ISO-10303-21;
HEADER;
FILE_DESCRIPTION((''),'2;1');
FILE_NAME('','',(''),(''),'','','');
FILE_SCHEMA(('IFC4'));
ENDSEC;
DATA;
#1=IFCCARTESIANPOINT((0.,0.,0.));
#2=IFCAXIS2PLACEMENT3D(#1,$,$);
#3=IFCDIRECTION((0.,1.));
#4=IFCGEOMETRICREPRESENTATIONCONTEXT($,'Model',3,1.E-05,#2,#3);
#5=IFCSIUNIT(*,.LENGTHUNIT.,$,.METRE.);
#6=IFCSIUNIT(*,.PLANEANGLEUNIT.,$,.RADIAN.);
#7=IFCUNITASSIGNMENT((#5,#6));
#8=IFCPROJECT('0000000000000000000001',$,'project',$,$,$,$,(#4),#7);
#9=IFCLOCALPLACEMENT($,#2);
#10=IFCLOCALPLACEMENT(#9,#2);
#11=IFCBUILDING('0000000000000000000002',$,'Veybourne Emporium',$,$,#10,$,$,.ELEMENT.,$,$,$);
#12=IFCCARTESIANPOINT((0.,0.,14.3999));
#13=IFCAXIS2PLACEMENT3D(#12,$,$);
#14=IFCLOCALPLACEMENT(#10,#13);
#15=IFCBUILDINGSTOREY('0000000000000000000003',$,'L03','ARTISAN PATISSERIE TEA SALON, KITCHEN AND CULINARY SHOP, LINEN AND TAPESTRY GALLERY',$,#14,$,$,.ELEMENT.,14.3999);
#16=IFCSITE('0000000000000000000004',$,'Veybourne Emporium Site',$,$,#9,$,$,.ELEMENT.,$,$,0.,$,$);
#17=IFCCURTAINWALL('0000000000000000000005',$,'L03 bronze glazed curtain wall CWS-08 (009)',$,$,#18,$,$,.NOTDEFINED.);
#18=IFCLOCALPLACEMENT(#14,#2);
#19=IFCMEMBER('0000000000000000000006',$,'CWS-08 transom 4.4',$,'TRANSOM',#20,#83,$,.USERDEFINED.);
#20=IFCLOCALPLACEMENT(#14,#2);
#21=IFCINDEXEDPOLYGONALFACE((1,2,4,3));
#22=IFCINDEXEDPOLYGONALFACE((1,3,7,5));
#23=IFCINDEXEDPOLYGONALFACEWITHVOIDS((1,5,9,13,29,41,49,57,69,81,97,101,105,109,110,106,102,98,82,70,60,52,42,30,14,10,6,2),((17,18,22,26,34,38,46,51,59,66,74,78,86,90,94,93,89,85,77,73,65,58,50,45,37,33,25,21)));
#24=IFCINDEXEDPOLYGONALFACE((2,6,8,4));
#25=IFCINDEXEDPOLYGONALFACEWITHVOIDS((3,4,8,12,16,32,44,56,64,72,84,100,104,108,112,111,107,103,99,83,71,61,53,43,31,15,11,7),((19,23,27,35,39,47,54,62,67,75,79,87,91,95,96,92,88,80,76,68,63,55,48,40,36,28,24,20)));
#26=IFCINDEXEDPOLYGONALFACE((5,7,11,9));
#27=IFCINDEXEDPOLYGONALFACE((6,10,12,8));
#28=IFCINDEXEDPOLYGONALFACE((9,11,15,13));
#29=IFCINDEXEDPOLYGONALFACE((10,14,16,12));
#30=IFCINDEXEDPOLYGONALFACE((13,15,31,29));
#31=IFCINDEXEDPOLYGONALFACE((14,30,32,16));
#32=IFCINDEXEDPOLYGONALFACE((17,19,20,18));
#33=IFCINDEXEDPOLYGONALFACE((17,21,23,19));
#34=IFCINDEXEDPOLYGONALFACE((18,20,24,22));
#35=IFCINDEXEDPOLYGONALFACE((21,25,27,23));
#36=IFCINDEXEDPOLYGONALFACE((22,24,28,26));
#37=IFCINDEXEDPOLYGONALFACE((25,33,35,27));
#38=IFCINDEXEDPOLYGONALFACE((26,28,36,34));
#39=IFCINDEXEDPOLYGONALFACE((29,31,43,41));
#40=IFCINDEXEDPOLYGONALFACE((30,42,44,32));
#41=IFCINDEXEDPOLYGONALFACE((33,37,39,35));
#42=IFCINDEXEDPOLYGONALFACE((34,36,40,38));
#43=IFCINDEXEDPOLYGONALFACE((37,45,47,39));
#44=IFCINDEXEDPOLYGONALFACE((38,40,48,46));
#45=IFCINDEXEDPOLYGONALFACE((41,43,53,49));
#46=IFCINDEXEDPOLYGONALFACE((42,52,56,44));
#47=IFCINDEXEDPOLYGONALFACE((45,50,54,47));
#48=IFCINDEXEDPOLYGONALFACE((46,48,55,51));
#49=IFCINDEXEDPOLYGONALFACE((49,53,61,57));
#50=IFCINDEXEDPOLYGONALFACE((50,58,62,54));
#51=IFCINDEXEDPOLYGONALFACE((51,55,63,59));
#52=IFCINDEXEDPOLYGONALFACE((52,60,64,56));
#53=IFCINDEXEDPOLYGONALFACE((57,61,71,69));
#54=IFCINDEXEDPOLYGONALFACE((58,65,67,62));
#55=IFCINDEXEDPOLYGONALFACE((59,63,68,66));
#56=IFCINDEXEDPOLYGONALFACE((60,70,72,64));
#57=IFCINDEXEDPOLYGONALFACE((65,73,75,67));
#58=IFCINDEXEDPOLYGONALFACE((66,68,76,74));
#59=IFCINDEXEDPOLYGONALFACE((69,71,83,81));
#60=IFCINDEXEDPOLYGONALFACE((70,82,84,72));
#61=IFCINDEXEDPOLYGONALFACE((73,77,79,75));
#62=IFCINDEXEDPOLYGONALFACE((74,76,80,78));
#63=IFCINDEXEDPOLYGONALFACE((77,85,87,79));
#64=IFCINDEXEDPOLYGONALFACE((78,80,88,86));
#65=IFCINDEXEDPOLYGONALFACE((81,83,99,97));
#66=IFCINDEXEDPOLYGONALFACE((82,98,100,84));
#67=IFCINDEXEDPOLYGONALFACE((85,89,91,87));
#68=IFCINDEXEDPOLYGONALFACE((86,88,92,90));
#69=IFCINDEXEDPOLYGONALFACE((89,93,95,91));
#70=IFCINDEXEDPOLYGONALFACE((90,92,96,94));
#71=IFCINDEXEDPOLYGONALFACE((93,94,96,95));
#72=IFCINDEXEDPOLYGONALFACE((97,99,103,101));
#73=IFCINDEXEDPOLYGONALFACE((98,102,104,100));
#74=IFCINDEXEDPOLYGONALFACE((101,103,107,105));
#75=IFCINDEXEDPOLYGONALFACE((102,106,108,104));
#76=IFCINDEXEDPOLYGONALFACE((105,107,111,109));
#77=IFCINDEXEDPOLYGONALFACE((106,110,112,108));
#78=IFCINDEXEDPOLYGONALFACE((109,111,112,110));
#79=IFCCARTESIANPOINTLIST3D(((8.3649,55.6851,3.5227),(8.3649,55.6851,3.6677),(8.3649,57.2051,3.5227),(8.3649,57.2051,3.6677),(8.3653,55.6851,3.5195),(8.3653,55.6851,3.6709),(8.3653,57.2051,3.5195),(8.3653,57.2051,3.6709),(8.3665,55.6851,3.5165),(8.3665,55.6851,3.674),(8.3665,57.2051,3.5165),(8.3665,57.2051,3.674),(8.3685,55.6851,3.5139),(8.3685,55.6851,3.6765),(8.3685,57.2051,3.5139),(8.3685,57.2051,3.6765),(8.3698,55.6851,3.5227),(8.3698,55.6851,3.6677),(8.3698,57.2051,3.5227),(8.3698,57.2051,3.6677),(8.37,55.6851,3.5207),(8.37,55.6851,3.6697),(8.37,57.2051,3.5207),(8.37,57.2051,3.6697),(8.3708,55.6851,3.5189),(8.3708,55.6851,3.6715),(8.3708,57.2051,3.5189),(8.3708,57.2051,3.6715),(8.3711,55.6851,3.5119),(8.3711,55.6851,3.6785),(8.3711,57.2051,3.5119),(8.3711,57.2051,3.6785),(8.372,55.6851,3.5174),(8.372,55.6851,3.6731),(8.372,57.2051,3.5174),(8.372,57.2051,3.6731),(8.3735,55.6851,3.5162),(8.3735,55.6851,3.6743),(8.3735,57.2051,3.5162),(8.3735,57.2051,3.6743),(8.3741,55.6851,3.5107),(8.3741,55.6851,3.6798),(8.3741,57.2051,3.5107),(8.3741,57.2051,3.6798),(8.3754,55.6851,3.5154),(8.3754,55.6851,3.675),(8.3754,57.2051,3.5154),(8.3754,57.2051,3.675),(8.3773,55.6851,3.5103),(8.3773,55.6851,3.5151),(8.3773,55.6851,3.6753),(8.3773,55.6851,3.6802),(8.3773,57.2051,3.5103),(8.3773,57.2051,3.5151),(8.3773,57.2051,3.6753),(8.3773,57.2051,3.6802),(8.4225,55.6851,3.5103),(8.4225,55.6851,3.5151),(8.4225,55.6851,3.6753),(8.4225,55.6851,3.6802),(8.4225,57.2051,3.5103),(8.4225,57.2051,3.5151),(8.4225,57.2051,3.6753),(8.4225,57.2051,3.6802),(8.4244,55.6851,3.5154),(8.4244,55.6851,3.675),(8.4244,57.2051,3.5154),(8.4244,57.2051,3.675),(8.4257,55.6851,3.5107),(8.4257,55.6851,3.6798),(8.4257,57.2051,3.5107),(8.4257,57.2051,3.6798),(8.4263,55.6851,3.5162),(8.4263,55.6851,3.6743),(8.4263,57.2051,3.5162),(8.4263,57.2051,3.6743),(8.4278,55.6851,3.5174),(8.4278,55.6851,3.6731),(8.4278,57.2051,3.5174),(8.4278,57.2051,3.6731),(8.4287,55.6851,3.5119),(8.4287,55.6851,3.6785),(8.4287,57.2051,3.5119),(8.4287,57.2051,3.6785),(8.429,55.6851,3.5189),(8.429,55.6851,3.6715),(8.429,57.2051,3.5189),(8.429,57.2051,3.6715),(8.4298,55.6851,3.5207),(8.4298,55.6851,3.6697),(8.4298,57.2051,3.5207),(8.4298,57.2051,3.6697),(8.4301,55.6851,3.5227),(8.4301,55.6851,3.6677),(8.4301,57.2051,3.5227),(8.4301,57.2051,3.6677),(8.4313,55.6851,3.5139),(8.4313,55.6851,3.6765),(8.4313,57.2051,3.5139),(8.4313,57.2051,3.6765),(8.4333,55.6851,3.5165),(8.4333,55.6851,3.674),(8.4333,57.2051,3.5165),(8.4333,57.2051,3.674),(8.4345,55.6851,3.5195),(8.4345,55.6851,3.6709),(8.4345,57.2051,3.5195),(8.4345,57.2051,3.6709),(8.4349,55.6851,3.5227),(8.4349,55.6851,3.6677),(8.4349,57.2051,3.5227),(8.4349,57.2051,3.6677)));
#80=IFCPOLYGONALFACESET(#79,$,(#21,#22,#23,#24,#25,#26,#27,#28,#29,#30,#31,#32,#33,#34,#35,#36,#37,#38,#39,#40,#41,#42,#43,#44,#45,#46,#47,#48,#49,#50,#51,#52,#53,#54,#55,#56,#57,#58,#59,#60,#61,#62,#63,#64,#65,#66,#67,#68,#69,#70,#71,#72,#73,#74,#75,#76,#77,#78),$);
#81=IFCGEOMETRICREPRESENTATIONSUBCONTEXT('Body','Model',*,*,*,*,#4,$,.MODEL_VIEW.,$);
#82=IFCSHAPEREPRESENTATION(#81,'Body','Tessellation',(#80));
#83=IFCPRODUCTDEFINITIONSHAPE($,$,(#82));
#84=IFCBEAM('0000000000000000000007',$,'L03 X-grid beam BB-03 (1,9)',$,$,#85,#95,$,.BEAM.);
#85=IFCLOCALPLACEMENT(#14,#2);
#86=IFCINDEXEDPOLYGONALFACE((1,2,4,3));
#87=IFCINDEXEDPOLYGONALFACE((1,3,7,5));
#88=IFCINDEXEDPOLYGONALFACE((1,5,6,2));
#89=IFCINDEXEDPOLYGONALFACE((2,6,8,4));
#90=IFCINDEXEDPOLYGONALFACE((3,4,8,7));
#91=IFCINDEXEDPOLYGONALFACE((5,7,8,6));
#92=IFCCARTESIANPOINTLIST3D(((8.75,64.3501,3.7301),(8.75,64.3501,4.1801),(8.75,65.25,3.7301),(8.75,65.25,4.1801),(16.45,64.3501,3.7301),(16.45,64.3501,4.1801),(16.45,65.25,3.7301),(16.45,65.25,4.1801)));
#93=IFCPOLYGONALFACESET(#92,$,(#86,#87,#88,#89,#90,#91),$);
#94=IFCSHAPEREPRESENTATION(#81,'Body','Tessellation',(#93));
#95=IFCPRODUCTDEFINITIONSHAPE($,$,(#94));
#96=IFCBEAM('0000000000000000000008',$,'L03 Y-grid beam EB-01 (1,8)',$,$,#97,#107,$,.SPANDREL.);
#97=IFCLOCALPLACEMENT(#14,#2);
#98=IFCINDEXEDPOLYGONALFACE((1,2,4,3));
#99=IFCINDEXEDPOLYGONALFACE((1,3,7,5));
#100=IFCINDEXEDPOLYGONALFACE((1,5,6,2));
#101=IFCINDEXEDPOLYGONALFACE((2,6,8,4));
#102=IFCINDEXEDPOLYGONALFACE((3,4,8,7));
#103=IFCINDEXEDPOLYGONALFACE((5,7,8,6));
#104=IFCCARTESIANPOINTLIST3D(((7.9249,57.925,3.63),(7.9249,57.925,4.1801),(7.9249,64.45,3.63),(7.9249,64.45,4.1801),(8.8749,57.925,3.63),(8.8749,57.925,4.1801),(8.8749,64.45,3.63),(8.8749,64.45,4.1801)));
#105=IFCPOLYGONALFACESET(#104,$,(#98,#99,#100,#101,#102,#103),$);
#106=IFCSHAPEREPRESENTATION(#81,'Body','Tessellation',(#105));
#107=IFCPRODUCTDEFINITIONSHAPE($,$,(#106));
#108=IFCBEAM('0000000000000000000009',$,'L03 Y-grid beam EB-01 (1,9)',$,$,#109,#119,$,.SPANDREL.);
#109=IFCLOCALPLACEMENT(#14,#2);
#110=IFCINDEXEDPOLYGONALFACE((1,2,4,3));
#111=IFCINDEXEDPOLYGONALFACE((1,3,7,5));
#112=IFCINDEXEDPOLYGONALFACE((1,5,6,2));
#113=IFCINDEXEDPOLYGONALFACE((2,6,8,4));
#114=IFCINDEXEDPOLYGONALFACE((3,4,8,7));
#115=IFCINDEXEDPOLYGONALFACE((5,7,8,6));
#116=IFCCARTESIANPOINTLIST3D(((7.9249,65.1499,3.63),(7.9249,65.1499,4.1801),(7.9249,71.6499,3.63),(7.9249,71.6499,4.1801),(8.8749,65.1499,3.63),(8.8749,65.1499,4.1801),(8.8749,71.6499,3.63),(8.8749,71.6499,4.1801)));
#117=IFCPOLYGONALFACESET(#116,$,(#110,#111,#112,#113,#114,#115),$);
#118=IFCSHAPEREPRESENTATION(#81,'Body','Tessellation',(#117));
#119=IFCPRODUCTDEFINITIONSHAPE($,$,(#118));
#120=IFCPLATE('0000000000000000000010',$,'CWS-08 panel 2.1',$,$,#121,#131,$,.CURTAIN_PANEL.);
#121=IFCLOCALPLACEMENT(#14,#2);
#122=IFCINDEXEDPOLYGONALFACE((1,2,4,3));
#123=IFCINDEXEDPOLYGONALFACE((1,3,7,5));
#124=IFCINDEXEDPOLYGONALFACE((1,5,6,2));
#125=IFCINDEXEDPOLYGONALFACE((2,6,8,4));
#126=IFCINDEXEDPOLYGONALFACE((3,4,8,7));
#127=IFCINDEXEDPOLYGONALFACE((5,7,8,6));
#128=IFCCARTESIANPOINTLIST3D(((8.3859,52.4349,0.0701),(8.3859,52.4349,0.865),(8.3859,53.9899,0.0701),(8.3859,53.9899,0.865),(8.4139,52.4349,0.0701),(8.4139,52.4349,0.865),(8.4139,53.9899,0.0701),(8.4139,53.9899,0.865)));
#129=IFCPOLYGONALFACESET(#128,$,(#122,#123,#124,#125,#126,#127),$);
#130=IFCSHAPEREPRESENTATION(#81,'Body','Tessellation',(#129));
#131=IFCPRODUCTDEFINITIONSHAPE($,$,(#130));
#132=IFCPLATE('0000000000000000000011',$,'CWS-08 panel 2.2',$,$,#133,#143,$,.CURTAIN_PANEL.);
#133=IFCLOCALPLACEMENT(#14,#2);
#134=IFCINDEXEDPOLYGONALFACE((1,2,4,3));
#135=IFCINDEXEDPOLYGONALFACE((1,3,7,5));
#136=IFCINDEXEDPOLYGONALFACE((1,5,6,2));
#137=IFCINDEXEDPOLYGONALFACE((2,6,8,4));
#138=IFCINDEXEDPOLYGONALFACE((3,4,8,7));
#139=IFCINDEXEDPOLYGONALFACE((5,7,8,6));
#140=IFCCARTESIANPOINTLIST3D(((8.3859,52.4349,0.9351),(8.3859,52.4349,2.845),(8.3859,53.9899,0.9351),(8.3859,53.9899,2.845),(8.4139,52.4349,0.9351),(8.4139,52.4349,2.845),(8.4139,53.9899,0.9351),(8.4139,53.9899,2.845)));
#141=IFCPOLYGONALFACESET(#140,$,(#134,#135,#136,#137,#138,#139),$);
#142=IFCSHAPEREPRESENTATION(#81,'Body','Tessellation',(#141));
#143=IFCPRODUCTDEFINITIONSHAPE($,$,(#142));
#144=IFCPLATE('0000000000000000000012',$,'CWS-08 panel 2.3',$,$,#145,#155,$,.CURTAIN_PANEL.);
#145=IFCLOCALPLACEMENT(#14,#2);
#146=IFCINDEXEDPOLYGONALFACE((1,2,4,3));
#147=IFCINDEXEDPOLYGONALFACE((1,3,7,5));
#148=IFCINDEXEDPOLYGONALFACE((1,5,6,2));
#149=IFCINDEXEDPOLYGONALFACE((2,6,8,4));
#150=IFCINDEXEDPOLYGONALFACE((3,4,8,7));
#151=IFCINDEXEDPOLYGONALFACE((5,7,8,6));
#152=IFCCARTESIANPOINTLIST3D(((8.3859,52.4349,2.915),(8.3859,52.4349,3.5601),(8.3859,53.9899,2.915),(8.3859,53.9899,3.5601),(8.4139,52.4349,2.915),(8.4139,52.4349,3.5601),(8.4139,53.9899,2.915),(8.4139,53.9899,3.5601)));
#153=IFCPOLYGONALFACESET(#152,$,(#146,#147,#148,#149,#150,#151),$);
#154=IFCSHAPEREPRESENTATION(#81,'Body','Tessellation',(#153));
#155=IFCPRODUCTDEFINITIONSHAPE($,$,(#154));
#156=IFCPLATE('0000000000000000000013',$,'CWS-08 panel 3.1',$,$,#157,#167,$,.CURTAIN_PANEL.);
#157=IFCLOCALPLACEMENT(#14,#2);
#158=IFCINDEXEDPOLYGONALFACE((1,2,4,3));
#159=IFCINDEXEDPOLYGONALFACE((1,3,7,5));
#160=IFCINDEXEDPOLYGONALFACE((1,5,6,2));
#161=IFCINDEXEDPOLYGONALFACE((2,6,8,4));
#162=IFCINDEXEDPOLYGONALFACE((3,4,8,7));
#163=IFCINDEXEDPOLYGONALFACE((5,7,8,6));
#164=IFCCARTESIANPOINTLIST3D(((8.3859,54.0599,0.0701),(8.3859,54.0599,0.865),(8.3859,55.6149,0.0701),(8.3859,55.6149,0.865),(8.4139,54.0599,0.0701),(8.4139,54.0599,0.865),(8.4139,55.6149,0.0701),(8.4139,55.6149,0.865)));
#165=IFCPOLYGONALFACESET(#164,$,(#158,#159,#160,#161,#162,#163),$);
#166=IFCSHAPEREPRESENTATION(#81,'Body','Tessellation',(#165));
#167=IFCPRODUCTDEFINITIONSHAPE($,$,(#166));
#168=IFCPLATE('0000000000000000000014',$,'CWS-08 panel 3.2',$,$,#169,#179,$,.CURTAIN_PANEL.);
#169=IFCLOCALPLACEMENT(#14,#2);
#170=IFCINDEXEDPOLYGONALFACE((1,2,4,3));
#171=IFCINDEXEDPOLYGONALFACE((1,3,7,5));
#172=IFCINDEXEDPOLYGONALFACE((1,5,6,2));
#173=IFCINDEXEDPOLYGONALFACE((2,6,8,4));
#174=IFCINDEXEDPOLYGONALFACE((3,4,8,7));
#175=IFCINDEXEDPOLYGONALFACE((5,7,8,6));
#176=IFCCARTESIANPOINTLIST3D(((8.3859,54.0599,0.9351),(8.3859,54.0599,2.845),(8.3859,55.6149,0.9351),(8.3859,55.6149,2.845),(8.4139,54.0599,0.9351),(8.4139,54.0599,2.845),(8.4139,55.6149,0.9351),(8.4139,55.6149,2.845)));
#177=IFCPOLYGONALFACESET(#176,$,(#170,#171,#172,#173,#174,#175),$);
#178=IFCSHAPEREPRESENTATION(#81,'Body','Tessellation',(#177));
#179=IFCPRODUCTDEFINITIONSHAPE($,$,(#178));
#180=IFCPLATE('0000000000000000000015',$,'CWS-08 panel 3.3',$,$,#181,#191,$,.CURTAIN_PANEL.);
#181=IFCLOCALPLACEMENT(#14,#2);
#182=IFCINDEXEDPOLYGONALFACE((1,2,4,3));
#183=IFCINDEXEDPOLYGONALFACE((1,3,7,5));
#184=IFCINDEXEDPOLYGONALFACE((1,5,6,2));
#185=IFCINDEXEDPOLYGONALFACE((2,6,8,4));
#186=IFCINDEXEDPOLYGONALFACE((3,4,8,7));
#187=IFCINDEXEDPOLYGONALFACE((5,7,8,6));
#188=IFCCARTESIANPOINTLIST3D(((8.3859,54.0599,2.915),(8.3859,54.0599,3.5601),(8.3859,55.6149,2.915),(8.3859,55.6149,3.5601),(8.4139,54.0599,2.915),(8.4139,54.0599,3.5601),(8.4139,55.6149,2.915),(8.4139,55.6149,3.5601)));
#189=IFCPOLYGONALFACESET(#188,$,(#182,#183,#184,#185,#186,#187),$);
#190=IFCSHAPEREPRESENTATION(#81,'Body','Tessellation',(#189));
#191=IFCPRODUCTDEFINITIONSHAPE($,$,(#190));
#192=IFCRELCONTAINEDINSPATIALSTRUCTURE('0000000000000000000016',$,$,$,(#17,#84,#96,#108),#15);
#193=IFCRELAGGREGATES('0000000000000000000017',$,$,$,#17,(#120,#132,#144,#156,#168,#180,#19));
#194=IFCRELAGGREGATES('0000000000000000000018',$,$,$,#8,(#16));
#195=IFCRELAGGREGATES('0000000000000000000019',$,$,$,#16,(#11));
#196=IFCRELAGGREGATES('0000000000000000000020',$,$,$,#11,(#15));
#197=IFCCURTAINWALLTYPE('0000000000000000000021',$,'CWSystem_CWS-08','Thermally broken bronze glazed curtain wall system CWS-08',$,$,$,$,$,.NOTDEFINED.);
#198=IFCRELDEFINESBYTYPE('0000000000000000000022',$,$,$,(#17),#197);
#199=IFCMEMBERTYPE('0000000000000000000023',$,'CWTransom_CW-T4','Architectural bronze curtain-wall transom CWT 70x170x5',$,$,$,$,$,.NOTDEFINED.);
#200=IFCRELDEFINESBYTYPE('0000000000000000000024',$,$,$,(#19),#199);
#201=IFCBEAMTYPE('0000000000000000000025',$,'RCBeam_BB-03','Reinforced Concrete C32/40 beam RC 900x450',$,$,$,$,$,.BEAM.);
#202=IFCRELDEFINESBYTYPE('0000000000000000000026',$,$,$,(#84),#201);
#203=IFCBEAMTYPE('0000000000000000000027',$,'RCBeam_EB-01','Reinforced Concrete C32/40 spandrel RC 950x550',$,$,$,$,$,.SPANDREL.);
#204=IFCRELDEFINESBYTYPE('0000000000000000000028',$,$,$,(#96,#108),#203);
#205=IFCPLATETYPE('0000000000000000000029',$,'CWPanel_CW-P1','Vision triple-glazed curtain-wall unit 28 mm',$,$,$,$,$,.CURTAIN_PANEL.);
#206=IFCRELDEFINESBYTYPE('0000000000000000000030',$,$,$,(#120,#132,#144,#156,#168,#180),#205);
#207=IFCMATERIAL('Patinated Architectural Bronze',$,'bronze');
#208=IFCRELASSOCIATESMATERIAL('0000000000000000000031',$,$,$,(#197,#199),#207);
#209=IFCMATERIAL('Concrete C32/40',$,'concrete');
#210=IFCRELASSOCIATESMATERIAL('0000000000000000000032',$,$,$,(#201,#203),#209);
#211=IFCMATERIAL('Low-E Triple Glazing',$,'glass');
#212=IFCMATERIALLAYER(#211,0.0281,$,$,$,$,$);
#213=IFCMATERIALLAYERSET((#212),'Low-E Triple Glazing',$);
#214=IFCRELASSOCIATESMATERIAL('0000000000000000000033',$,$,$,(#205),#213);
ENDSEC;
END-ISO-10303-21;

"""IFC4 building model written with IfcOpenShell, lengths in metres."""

from ifc_helpers import new_model, si_unit, direction, frame, origin, origin_2d, place, context, subcontext, project, spatial, rectangle, hollow_rectangle, extrude, material, layer, layer_set, material_profile, profile_set, type_object, element, aggregate, save


model = new_model("IFC4")

# Units and contexts
model_context = context("Model", 3, precision=1e-05, world=origin(), true_north=direction((0.0, 1.0)))
body_context = subcontext(model_context, "Body", "Model", "MODEL_VIEW")
ifc_project = project(units=[si_unit("LENGTHUNIT", "METRE"), si_unit("PLANEANGLEUNIT", "RADIAN")], contexts=[model_context])

# Site, building, storey
site_placement = place(None, origin())
site = spatial("IfcSite", under=ifc_project, at=site_placement, Name="Veybourne Emporium Site", CompositionType="ELEMENT", RefElevation=0.0)
building_placement = place(site_placement, origin())
building = spatial("IfcBuilding", under=site, at=building_placement, Name="Veybourne Emporium", CompositionType="ELEMENT")
storey_placement = place(building_placement, frame((0.0, 0.0, 14.3999)))
storey = spatial("IfcBuildingStorey", under=building, at=storey_placement, Name="L03", Description="ARTISAN PATISSERIE TEA SALON, KITCHEN AND CULINARY SHOP, LINEN AND TAPESTRY GALLERY", CompositionType="ELEMENT", Elevation=14.3999)

# Curtain wall, member
ifc_material_1 = material(Name="Patinated Architectural Bronze", Category="bronze")
curtain_wall_type = type_object("IfcCurtainWallType", Name="CWSystem_CWS-08", Description="Thermally broken bronze glazed curtain wall system CWS-08", PredefinedType="NOTDEFINED", material=ifc_material_1)
curtain_wall_placement = place(storey_placement, origin())
curtain_wall = element("IfcCurtainWall", 1, at=curtain_wall_placement, inside=storey, type_object=curtain_wall_type, Name="L03 bronze glazed curtain wall CWS-08 (009)", PredefinedType="NOTDEFINED")
ifc_material_profile_1 = material_profile(ifc_material_1, hollow_rectangle(XDim=0.0701, YDim=0.1699, WallThickness=0.0049, InnerFilletRadius=0.0076, OuterFilletRadius=0.0125, at=origin_2d()), Name="CWT 70x170x5")
ifc_profile_set_1 = profile_set([ifc_material_profile_1], Name="Patinated Architectural Bronze")
member_type_1 = type_object("IfcMemberType", Name="CWTransom_CW-T4", Description="Architectural bronze curtain-wall transom CWT 70x170x5", PredefinedType="NOTDEFINED", material=ifc_profile_set_1)
member_1_placement = place(storey_placement, frame((8.3999, 55.6851, 3.5952), z_axis=(0.0, 1.0, 0.0), x_axis=(-1.0, 0.0, 0.0)))
member_1 = element("IfcMember", 2, at=member_1_placement, type_object=member_type_1, Name="CWS-08 transom 4.4", ObjectType="TRANSOM", PredefinedType="USERDEFINED", context=body_context, shape_type="SweptSolid", body=[
    extrude(hollow_rectangle(XDim=0.0701, YDim=0.1699, WallThickness=0.0049, InnerFilletRadius=0.0076, OuterFilletRadius=0.0125, at=origin_2d()), origin(), (0.0, 0.0, 1.0), 1.52),
])

# Beams
ifc_material_2 = material(Name="Concrete C32/40", Category="concrete")
ifc_material_profile_2 = material_profile(ifc_material_2, rectangle(XDim=0.8999, YDim=0.45, at=origin_2d()), Name="RC 900x450")
ifc_profile_set_2 = profile_set([ifc_material_profile_2], Name="Concrete C32/40")
beam_type_1 = type_object("IfcBeamType", Name="RCBeam_BB-03", Description="Reinforced Concrete C32/40 beam RC 900x450", PredefinedType="BEAM", material=ifc_profile_set_2)
beam_1_placement = place(storey_placement, frame((8.75, 64.8, 3.9551), z_axis=(1.0, 0.0, 0.0), x_axis=(0.0, 1.0, 0.0)))
element("IfcBeam", 3, at=beam_1_placement, inside=storey, type_object=beam_type_1, Name="L03 X-grid beam BB-03 (1,9)", PredefinedType="BEAM", context=body_context, shape_type="SweptSolid", body=[
    extrude(rectangle(XDim=0.8999, YDim=0.45, at=origin_2d()), origin(), (0.0, 0.0, 1.0), 7.7),
])
ifc_material_profile_3 = material_profile(ifc_material_2, rectangle(XDim=0.95, YDim=0.55, at=origin_2d()), Name="RC 950x550")
ifc_profile_set_3 = profile_set([ifc_material_profile_3], Name="Concrete C32/40")
beam_type_2 = type_object("IfcBeamType", Name="RCBeam_EB-01", Description="Reinforced Concrete C32/40 spandrel RC 950x550", PredefinedType="SPANDREL", material=ifc_profile_set_3)
beam_2_placement = place(storey_placement, frame((8.3999, 57.925, 3.905), z_axis=(0.0, 1.0, 0.0), x_axis=(-1.0, 0.0, 0.0)))
element("IfcBeam", 4, at=beam_2_placement, inside=storey, type_object=beam_type_2, Name="L03 Y-grid beam EB-01 (1,8)", PredefinedType="SPANDREL", context=body_context, shape_type="SweptSolid", body=[
    extrude(rectangle(XDim=0.95, YDim=0.55, at=origin_2d()), origin(), (0.0, 0.0, 1.0), 6.5249),
])
beam_3_placement = place(storey_placement, frame((8.3999, 65.1499, 3.905), z_axis=(0.0, 1.0, 0.0), x_axis=(-1.0, 0.0, 0.0)))
element("IfcBeam", 5, at=beam_3_placement, inside=storey, type_object=beam_type_2, Name="L03 Y-grid beam EB-01 (1,9)", PredefinedType="SPANDREL", context=body_context, shape_type="SweptSolid", body=[
    extrude(rectangle(XDim=0.95, YDim=0.55, at=origin_2d()), origin(), (0.0, 0.0, 1.0), 6.5),
])

# Plates
ifc_material_3 = material(Name="Low-E Triple Glazing", Category="glass")
ifc_layer_1 = layer(ifc_material_3, 0.0281)
ifc_layer_set_1 = layer_set([ifc_layer_1], Name="Low-E Triple Glazing")
plate_type = type_object("IfcPlateType", Name="CWPanel_CW-P1", Description="Vision triple-glazed curtain-wall unit 28 mm", PredefinedType="CURTAIN_PANEL", material=ifc_layer_set_1)
plate_1_placement = place(storey_placement, frame((8.3999, 53.2124, 0.0701), z_axis=(0.0, 0.0, 1.0), x_axis=(0.0, 1.0, 0.0)))
plate_1 = element("IfcPlate", 6, at=plate_1_placement, type_object=plate_type, Name="CWS-08 panel 2.1", PredefinedType="CURTAIN_PANEL", context=body_context, shape_type="SweptSolid", body=[
    extrude(rectangle(XDim=1.5549, YDim=0.0281, at=origin_2d()), origin(), (0.0, 0.0, 1.0), 0.7949),
])
plate_2_placement = place(storey_placement, frame((8.3999, 53.2124, 0.9351), z_axis=(0.0, 0.0, 1.0), x_axis=(0.0, 1.0, 0.0)))
plate_2 = element("IfcPlate", 7, at=plate_2_placement, type_object=plate_type, Name="CWS-08 panel 2.2", PredefinedType="CURTAIN_PANEL", context=body_context, shape_type="SweptSolid", body=[
    extrude(rectangle(XDim=1.5549, YDim=0.0281, at=origin_2d()), origin(), (0.0, 0.0, 1.0), 1.9099),
])
plate_3_placement = place(storey_placement, frame((8.3999, 53.2124, 2.915), z_axis=(0.0, 0.0, 1.0), x_axis=(0.0, 1.0, 0.0)))
plate_3 = element("IfcPlate", 8, at=plate_3_placement, type_object=plate_type, Name="CWS-08 panel 2.3", PredefinedType="CURTAIN_PANEL", context=body_context, shape_type="SweptSolid", body=[
    extrude(rectangle(XDim=1.5549, YDim=0.0281, at=origin_2d()), origin(), (0.0, 0.0, 1.0), 0.645),
])
plate_4_placement = place(storey_placement, frame((8.3999, 54.8374, 0.0701), z_axis=(0.0, 0.0, 1.0), x_axis=(0.0, 1.0, 0.0)))
plate_4 = element("IfcPlate", 9, at=plate_4_placement, type_object=plate_type, Name="CWS-08 panel 3.1", PredefinedType="CURTAIN_PANEL", context=body_context, shape_type="SweptSolid", body=[
    extrude(rectangle(XDim=1.5549, YDim=0.0281, at=origin_2d()), origin(), (0.0, 0.0, 1.0), 0.7949),
])
plate_5_placement = place(storey_placement, frame((8.3999, 54.8374, 0.9351), z_axis=(0.0, 0.0, 1.0), x_axis=(0.0, 1.0, 0.0)))
plate_5 = element("IfcPlate", 10, at=plate_5_placement, type_object=plate_type, Name="CWS-08 panel 3.2", PredefinedType="CURTAIN_PANEL", context=body_context, shape_type="SweptSolid", body=[
    extrude(rectangle(XDim=1.5549, YDim=0.0281, at=origin_2d()), origin(), (0.0, 0.0, 1.0), 1.9099),
])
plate_6_placement = place(storey_placement, frame((8.3999, 54.8374, 2.915), z_axis=(0.0, 0.0, 1.0), x_axis=(0.0, 1.0, 0.0)))
plate_6 = element("IfcPlate", 11, at=plate_6_placement, type_object=plate_type, Name="CWS-08 panel 3.3", PredefinedType="CURTAIN_PANEL", context=body_context, shape_type="SweptSolid", body=[
    extrude(rectangle(XDim=1.5549, YDim=0.0281, at=origin_2d()), origin(), (0.0, 0.0, 1.0), 0.645),
])
aggregate(curtain_wall, [plate_1, plate_2, plate_3, plate_4, plate_5, plate_6, member_1])

save(model, "model.ifc")
